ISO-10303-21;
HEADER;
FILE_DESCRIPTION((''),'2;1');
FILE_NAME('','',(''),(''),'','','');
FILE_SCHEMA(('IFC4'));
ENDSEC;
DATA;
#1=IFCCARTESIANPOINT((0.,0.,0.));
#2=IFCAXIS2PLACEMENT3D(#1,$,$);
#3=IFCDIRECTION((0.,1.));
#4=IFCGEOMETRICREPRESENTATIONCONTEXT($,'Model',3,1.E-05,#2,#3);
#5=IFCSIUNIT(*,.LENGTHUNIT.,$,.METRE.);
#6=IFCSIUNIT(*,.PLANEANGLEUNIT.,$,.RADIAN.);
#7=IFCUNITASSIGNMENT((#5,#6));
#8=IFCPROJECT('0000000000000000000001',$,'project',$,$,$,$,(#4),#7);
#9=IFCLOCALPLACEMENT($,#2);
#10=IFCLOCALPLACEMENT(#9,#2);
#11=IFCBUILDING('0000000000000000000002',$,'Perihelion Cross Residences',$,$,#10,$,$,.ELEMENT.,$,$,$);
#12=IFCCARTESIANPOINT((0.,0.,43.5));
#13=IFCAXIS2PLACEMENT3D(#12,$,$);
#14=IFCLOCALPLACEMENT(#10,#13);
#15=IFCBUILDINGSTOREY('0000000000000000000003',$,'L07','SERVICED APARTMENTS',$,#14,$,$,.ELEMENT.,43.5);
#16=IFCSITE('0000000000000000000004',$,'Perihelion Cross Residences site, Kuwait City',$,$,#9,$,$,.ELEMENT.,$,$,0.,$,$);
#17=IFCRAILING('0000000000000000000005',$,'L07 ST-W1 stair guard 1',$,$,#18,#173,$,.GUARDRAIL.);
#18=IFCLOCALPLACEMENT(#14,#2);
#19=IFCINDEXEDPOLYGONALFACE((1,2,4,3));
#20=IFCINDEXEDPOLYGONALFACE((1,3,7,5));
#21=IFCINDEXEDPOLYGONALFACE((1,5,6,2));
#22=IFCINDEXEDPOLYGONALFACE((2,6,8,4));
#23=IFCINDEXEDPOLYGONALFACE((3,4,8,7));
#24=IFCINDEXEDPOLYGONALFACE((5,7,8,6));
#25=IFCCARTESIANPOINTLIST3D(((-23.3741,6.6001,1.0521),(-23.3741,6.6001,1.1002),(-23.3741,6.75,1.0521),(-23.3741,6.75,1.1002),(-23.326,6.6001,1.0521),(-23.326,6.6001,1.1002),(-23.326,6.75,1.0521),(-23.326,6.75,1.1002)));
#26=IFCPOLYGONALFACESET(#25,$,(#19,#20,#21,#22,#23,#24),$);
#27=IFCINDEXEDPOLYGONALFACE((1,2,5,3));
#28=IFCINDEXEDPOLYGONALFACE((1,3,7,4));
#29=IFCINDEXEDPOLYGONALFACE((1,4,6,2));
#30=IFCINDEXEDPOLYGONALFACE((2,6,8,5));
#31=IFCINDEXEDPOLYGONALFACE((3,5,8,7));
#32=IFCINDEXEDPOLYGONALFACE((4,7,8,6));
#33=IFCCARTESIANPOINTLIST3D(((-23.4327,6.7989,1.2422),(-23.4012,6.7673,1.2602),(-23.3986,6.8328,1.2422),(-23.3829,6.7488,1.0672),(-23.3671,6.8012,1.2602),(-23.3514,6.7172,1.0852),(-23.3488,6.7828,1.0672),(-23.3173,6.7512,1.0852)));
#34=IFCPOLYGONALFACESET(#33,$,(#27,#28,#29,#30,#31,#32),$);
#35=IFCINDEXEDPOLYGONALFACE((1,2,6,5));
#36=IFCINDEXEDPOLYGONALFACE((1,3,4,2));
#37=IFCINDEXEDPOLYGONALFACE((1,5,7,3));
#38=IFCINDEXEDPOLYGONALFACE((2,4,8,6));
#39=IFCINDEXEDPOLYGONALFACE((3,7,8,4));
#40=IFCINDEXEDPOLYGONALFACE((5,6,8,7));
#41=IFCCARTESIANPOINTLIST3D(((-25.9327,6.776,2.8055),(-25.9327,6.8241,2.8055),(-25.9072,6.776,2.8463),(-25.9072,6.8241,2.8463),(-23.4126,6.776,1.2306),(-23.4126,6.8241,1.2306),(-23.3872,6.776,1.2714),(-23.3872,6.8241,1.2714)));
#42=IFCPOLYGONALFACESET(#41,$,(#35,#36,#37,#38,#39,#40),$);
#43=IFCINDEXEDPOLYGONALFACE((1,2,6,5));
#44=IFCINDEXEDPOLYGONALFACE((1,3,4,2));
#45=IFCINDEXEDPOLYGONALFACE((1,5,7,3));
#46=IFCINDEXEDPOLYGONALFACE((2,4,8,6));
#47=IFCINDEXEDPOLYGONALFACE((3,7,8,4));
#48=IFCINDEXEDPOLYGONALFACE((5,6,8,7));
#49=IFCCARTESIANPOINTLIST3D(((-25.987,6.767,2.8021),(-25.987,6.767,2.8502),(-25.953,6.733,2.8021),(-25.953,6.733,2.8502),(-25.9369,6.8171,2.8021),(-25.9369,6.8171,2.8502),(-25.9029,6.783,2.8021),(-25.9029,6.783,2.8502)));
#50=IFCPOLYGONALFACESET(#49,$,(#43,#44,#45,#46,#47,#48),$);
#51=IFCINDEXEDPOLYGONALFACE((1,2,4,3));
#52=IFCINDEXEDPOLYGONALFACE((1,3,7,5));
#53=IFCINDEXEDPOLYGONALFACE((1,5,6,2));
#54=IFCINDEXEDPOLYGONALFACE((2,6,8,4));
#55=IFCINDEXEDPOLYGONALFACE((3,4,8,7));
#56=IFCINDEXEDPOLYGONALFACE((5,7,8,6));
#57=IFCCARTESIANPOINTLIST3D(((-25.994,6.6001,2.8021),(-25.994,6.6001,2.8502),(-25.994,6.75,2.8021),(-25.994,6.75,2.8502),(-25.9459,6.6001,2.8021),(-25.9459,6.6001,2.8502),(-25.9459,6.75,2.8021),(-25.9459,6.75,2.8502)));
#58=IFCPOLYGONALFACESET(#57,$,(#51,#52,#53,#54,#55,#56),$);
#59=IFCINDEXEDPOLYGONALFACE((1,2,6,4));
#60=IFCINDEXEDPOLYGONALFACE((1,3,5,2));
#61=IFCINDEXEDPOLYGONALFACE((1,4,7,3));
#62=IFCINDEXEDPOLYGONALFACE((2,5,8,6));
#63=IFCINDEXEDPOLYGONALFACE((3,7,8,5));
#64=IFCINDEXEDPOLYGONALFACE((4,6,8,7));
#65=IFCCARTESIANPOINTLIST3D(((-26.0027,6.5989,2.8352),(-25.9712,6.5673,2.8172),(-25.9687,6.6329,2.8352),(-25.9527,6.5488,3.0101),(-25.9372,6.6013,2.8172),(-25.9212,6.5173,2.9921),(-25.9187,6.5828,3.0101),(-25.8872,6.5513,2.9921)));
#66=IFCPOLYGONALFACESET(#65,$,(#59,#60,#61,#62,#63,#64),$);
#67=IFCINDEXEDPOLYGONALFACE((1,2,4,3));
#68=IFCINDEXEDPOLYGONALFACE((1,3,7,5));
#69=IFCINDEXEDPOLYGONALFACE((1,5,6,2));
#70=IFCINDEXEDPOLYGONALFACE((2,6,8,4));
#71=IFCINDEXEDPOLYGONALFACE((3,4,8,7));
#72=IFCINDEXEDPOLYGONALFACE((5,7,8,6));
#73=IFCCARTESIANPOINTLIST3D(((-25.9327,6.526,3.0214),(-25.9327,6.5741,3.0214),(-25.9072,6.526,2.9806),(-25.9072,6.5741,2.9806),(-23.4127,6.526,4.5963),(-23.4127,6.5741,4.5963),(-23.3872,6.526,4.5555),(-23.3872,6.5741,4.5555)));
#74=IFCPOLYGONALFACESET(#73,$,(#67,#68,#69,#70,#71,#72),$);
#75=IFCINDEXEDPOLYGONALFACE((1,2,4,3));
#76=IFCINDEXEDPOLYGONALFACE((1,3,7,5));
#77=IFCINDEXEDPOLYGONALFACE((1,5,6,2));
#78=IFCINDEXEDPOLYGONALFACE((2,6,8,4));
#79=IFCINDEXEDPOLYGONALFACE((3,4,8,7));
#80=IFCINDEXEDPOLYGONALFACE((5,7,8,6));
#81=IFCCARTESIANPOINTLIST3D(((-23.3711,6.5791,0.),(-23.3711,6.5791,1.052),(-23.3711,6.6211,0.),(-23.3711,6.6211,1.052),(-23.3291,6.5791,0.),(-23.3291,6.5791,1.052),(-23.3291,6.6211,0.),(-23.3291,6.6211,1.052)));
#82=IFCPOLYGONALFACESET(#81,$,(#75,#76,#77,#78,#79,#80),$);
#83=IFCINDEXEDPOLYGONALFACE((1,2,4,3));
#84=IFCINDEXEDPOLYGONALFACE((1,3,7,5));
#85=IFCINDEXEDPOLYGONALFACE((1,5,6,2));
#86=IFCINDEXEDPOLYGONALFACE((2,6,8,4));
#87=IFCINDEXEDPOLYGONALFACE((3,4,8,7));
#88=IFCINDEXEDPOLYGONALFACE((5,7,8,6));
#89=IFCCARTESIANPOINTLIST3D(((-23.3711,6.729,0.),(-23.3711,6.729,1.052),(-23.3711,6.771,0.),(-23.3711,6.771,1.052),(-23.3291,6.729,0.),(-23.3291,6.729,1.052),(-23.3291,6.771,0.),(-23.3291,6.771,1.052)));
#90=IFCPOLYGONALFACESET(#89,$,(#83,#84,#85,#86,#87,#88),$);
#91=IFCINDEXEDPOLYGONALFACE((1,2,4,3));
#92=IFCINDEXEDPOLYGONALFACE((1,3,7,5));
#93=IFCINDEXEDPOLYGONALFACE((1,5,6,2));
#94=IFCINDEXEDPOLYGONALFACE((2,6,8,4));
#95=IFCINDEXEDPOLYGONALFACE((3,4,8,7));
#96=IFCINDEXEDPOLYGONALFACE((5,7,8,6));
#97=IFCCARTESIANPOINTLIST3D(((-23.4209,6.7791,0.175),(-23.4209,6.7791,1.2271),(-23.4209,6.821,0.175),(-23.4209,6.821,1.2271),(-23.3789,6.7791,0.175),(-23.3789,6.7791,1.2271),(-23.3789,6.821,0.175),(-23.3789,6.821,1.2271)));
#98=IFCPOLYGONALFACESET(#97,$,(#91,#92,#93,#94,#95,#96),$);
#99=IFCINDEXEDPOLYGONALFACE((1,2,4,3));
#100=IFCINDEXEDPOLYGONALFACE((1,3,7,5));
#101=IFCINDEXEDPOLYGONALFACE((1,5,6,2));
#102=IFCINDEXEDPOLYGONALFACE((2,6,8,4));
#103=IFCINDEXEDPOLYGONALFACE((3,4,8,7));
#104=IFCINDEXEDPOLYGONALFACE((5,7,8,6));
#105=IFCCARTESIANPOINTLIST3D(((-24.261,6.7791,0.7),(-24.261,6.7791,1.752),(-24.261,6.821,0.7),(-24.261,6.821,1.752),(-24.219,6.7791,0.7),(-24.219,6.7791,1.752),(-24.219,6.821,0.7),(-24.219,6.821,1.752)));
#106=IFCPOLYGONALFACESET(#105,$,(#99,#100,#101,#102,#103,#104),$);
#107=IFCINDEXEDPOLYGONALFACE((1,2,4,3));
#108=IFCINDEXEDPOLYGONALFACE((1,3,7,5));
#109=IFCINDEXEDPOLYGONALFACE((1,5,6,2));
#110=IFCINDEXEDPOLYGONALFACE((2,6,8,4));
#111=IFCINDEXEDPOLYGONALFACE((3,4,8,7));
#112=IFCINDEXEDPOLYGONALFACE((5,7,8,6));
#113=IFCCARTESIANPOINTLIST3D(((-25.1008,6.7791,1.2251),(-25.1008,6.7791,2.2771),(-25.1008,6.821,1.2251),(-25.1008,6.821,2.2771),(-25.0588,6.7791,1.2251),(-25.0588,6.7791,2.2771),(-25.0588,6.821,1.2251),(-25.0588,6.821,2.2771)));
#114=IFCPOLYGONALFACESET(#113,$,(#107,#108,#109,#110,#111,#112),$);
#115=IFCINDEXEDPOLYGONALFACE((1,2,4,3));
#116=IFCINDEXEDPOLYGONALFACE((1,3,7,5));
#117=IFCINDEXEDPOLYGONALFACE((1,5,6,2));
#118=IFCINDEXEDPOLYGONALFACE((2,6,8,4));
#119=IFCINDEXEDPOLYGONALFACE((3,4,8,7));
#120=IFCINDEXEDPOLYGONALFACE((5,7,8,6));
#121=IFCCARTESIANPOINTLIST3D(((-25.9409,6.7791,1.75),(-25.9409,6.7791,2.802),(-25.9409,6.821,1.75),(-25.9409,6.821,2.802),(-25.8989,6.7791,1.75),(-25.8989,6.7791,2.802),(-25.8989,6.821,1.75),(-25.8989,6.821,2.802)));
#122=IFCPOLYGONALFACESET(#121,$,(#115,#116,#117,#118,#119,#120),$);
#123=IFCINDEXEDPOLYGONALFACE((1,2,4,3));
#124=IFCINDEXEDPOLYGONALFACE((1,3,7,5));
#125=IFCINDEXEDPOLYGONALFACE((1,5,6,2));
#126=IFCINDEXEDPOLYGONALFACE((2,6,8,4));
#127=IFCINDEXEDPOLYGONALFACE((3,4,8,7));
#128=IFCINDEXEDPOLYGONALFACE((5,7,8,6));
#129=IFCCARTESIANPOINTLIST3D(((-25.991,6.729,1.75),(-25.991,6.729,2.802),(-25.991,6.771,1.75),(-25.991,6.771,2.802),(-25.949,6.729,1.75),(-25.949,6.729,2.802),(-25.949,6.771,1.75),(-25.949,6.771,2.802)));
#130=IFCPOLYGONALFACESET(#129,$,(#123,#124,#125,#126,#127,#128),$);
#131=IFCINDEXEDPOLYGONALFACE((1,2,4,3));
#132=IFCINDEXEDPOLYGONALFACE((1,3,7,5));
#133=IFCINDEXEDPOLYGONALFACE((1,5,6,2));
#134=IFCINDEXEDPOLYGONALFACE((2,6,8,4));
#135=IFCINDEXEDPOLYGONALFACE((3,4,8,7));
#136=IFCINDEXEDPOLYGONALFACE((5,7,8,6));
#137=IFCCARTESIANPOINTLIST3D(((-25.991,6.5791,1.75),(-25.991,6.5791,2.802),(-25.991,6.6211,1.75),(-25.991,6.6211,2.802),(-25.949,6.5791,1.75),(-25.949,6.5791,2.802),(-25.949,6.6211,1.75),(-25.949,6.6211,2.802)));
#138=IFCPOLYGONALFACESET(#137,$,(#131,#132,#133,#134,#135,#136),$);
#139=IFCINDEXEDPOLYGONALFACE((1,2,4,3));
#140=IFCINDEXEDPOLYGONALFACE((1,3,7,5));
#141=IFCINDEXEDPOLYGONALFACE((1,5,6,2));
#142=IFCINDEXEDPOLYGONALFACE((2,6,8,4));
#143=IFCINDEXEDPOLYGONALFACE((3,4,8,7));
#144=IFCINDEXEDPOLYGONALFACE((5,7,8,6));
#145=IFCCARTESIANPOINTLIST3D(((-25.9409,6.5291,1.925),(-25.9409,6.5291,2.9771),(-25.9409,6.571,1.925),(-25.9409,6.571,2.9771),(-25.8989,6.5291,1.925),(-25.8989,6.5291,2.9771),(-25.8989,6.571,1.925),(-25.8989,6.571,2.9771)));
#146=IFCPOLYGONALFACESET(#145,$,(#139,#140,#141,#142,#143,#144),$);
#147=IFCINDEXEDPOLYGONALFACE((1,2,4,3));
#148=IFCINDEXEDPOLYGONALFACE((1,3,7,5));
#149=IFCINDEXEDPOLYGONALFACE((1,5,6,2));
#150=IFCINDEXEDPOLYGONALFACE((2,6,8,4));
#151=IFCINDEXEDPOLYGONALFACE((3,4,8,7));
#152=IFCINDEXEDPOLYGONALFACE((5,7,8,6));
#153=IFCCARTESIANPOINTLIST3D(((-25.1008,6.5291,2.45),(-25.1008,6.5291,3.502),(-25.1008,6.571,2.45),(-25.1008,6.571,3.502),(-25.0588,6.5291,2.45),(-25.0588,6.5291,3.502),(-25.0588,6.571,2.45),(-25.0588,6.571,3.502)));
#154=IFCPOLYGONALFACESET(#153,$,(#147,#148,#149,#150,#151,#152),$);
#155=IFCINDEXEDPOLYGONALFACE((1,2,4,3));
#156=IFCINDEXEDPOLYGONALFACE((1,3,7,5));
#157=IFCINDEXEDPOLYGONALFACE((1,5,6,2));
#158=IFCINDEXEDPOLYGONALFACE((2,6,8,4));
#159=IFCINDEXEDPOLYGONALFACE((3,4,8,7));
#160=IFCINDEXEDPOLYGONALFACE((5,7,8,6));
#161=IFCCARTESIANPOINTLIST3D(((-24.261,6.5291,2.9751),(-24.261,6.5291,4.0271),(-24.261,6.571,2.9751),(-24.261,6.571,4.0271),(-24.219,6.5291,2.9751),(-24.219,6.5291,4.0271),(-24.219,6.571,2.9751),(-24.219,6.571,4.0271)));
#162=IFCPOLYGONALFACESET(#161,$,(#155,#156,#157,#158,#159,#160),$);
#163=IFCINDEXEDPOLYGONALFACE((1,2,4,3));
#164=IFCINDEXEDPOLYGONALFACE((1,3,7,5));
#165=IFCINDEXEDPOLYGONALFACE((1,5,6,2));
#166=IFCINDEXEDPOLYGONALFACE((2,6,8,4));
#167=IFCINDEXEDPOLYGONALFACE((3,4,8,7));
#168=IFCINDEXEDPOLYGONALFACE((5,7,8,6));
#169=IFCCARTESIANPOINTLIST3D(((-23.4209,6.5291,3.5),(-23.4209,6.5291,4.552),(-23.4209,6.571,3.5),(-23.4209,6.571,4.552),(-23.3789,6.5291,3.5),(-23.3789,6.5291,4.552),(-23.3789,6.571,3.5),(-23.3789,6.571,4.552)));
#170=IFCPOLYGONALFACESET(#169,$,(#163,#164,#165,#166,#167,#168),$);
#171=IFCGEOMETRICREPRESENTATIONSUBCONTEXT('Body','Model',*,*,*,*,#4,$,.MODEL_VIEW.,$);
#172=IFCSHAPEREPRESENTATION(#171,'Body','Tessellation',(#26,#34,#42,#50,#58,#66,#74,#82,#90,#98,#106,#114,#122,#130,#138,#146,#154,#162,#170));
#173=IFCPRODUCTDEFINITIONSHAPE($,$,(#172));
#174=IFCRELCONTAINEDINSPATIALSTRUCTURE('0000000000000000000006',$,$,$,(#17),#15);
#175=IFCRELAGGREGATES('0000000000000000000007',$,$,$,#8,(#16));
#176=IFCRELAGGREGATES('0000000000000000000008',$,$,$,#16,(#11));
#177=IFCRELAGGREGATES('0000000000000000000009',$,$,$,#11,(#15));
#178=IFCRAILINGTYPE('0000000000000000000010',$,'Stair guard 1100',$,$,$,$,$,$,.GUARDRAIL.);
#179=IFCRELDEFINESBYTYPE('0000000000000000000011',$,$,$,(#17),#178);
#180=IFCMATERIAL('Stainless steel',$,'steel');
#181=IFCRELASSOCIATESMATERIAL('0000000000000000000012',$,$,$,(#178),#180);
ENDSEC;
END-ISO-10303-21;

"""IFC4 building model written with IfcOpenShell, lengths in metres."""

from ifc_helpers import new_model, si_unit, direction, frame, origin, origin_2d, place, context, subcontext, project, spatial, rectangle, extrude, material, type_object, element, save


model = new_model("IFC4")

# Units and contexts
model_context = context("Model", 3, precision=1e-05, world=origin(), true_north=direction((0.0, 1.0)))
body_context = subcontext(model_context, "Body", "Model", "MODEL_VIEW")
ifc_project = project(units=[si_unit("LENGTHUNIT", "METRE"), si_unit("PLANEANGLEUNIT", "RADIAN")], contexts=[model_context])

# Site, building, storey
site_placement = place(None, origin())
site = spatial("IfcSite", under=ifc_project, at=site_placement, Name="Perihelion Cross Residences site, Kuwait City", CompositionType="ELEMENT", RefElevation=0.0)
building_placement = place(site_placement, origin())
building = spatial("IfcBuilding", under=site, at=building_placement, Name="Perihelion Cross Residences", CompositionType="ELEMENT")
storey_placement = place(building_placement, frame((0.0, 0.0, 43.5)))
storey = spatial("IfcBuildingStorey", under=building, at=storey_placement, Name="L07", Description="SERVICED APARTMENTS", CompositionType="ELEMENT", Elevation=43.5)

# Railing
ifc_material_1 = material(Name="Stainless steel", Category="steel")
railing_type_1 = type_object("IfcRailingType", Name="Stair guard 1100", PredefinedType="GUARDRAIL", material=ifc_material_1)
railing_1_placement = place(storey_placement, frame((-23.3501, 6.6001, 0.0)))
element("IfcRailing", 1, at=railing_1_placement, inside=storey, type_object=railing_type_1, Name="L07 ST-W1 stair guard 1", PredefinedType="GUARDRAIL", context=body_context, shape_type="SweptSolid", body=[
    extrude(rectangle(XDim=0.0481, YDim=0.0481, at=origin_2d()), frame((0.0, 0.0, 1.0762), z_axis=(0.0, 1.0, 0.0), x_axis=(-1.0, 0.0, 0.0)), (0.0, 0.0, 1.0), 0.1499),
    extrude(rectangle(XDim=0.0481, YDim=0.0481, at=origin_2d()), frame((0.0, 0.1499, 1.0762), z_axis=(-0.263862, 0.265156, 0.927399), x_axis=(-0.708834, -0.705376, 0.0)), (0.0, 0.0, 1.0), 0.1887),
    extrude(rectangle(XDim=0.0481, YDim=0.0481, at=origin_2d()), frame((-0.0498, 0.2, 1.251), z_axis=(-0.848008, 0.0, 0.529984), x_axis=(0.0, -1.0, 0.0)), (0.0, 0.0, 1.0), 2.9717),
    extrude(rectangle(XDim=0.0481, YDim=0.0481, at=origin_2d()), frame((-2.5698, 0.2, 2.8262), z_axis=(-0.707107, -0.707107, 0.0), x_axis=(0.707107, -0.707107, 0.0)), (0.0, 0.0, 1.0), 0.0708),
    extrude(rectangle(XDim=0.0481, YDim=0.0481, at=origin_2d()), frame((-2.6199, 0.1499, 2.8262), z_axis=(0.0, -1.0, 0.0), x_axis=(1.0, 0.0, 0.0)), (0.0, 0.0, 1.0), 0.1499),
    extrude(rectangle(XDim=0.0481, YDim=0.0481, at=origin_2d()), frame((-2.6199, 0.0, 2.8262), z_axis=(0.265065, -0.265065, 0.927082), x_axis=(0.707107, 0.707107, 0.0)), (0.0, 0.0, 1.0), 0.1887),
    extrude(rectangle(XDim=0.0481, YDim=0.0481, at=origin_2d()), frame((-2.5698, -0.05, 3.001), z_axis=(0.848008, 0.0, 0.529984), x_axis=(0.0, 1.0, 0.0)), (0.0, 0.0, 1.0), 2.9717),
    extrude(rectangle(XDim=0.042, YDim=0.042, at=origin_2d()), origin(), (0.0, 0.0, 1.0), 1.052),
    extrude(rectangle(XDim=0.042, YDim=0.042, at=origin_2d()), frame((0.0, 0.1499, 0.0)), (0.0, 0.0, 1.0), 1.052),
    extrude(rectangle(XDim=0.042, YDim=0.042, at=origin_2d()), frame((-0.0498, 0.2, 0.175)), (0.0, 0.0, 1.0), 1.052),
    extrude(rectangle(XDim=0.042, YDim=0.042, at=origin_2d()), frame((-0.8899, 0.2, 0.7)), (0.0, 0.0, 1.0), 1.052),
    extrude(rectangle(XDim=0.042, YDim=0.042, at=origin_2d()), frame((-1.7297, 0.2, 1.2251)), (0.0, 0.0, 1.0), 1.052),
    extrude(rectangle(XDim=0.042, YDim=0.042, at=origin_2d()), frame((-2.5698, 0.2, 1.75)), (0.0, 0.0, 1.0), 1.052),
    extrude(rectangle(XDim=0.042, YDim=0.042, at=origin_2d()), frame((-2.6199, 0.1499, 1.75)), (0.0, 0.0, 1.0), 1.052),
    extrude(rectangle(XDim=0.042, YDim=0.042, at=origin_2d()), frame((-2.6199, 0.0, 1.75)), (0.0, 0.0, 1.0), 1.052),
    extrude(rectangle(XDim=0.042, YDim=0.042, at=origin_2d()), frame((-2.5698, -0.05, 1.925)), (0.0, 0.0, 1.0), 1.052),
    extrude(rectangle(XDim=0.042, YDim=0.042, at=origin_2d()), frame((-1.7297, -0.05, 2.45)), (0.0, 0.0, 1.0), 1.052),
    extrude(rectangle(XDim=0.042, YDim=0.042, at=origin_2d()), frame((-0.8899, -0.05, 2.9751)), (0.0, 0.0, 1.0), 1.052),
    extrude(rectangle(XDim=0.042, YDim=0.042, at=origin_2d()), frame((-0.0498, -0.05, 3.5)), (0.0, 0.0, 1.0), 1.052),
])

save(model, "model.ifc")
